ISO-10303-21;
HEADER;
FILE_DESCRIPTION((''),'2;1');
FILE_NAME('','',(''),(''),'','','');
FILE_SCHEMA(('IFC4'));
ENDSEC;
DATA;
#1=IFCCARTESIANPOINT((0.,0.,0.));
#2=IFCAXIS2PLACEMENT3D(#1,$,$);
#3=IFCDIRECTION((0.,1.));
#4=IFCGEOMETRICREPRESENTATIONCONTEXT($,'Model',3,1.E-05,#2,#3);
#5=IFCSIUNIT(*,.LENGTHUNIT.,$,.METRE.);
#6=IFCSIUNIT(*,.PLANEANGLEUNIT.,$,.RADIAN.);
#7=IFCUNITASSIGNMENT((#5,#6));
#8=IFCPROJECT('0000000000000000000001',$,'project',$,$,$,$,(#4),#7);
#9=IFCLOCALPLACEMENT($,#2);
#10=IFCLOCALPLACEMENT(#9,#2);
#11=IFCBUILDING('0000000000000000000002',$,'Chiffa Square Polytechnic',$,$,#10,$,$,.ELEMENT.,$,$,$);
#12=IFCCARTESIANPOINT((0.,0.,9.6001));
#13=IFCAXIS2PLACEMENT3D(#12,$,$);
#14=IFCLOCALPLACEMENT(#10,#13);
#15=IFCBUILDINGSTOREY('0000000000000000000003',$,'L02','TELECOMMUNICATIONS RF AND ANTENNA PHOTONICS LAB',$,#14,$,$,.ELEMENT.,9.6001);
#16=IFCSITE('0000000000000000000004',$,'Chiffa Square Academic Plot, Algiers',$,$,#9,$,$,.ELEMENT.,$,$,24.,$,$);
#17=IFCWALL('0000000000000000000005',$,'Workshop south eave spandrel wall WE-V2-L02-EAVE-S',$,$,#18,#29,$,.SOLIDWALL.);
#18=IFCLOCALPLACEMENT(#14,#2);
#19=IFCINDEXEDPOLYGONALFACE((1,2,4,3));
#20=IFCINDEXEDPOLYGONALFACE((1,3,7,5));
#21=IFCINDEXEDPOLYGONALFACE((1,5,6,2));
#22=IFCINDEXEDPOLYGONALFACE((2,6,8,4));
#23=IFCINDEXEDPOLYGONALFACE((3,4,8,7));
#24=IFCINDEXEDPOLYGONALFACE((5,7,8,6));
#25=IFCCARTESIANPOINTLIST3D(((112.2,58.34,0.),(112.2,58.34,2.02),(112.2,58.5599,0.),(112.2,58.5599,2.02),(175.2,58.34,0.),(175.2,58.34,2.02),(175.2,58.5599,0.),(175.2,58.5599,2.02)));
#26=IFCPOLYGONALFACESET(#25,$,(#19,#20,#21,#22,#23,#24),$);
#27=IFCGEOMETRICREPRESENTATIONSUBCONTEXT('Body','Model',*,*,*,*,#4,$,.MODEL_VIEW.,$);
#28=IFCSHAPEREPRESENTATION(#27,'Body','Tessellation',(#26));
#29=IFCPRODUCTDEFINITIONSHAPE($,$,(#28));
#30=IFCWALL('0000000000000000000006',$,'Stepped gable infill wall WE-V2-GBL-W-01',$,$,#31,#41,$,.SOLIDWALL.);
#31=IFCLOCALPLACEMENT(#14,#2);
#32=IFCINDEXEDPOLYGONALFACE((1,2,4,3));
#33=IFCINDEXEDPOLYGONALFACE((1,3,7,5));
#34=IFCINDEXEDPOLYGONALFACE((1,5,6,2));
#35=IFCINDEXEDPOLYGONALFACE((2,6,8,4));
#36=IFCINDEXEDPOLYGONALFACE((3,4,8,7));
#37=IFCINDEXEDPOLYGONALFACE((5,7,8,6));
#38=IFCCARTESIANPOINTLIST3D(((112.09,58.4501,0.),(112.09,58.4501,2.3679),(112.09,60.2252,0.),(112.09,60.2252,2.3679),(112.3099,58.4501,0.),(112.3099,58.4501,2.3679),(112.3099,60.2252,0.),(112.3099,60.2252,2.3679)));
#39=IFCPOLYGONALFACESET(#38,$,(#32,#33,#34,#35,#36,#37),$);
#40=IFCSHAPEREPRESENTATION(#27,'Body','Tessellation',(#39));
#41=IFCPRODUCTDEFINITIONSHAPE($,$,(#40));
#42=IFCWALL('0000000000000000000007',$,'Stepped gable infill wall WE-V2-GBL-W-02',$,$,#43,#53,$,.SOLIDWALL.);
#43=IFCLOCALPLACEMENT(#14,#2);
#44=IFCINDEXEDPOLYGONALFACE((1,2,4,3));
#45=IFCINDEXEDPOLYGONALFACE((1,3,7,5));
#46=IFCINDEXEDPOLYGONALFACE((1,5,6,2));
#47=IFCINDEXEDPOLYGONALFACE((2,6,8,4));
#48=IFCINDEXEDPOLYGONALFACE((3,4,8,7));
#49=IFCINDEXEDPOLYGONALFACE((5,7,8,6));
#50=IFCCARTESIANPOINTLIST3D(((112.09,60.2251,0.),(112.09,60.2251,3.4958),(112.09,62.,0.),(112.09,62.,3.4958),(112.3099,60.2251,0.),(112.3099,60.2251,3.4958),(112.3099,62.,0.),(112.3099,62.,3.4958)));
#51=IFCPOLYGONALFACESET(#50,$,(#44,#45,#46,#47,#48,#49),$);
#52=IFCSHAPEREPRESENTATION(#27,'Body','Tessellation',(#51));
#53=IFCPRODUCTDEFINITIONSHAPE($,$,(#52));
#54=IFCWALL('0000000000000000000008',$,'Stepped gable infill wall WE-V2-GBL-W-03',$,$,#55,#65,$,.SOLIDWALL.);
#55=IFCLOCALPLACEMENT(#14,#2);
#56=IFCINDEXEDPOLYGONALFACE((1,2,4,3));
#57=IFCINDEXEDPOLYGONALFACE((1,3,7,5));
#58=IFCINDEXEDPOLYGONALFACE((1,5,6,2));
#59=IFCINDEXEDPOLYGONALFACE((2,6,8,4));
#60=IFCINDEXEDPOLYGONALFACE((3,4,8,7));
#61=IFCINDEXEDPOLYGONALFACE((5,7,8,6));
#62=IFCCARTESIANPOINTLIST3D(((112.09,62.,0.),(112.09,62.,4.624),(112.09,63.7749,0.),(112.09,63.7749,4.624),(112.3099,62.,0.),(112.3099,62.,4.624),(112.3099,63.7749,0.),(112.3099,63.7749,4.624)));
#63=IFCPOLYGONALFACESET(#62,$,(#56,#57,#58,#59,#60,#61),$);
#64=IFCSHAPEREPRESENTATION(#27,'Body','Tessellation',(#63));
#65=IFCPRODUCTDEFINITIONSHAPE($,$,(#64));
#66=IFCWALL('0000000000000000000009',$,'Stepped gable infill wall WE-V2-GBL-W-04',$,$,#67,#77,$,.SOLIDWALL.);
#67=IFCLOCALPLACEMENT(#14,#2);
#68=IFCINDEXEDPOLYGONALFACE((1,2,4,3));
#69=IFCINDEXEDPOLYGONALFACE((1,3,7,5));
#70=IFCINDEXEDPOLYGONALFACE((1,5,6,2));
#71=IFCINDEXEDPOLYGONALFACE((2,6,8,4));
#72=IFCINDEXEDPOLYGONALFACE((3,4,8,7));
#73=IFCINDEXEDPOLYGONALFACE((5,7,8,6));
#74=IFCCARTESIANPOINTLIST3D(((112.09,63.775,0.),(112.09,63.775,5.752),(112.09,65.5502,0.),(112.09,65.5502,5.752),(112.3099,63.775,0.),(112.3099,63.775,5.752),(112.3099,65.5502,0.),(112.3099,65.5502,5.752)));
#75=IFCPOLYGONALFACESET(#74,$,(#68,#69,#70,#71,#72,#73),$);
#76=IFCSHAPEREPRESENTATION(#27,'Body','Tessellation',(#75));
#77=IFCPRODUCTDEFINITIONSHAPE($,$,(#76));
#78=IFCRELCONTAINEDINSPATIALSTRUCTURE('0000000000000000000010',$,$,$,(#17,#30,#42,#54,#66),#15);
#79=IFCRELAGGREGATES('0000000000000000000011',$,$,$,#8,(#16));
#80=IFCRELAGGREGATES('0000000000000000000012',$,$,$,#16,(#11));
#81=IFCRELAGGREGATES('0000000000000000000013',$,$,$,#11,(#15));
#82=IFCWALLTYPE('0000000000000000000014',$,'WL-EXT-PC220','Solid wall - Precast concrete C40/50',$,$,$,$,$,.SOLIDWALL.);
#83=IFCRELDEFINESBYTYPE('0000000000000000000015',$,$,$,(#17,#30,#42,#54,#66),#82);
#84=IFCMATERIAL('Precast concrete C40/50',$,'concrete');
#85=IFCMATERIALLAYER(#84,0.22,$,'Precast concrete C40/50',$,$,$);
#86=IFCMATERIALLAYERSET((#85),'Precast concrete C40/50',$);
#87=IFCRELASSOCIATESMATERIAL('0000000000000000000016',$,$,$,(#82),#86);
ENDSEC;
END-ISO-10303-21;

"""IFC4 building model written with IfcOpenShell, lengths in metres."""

from ifc_helpers import new_model, si_unit, direction, frame, frame_2d, origin, place, context, subcontext, project, spatial, rectangle, extrude, material, layer, layer_set, type_object, element, save


model = new_model("IFC4")

# Units and contexts
model_context = context("Model", 3, precision=1e-05, world=origin(), true_north=direction((0.0, 1.0)))
body_context = subcontext(model_context, "Body", "Model", "MODEL_VIEW")
ifc_project = project(units=[si_unit("LENGTHUNIT", "METRE"), si_unit("PLANEANGLEUNIT", "RADIAN")], contexts=[model_context])

# Site, building, storey
site_placement = place(None, origin())
site = spatial("IfcSite", under=ifc_project, at=site_placement, Name="Chiffa Square Academic Plot, Algiers", CompositionType="ELEMENT", RefElevation=24.0)
building_placement = place(site_placement, origin())
building = spatial("IfcBuilding", under=site, at=building_placement, Name="Chiffa Square Polytechnic", CompositionType="ELEMENT")
storey_placement = place(building_placement, frame((0.0, 0.0, 9.6001)))
storey = spatial("IfcBuildingStorey", under=building, at=storey_placement, Name="L02", Description="TELECOMMUNICATIONS RF AND ANTENNA PHOTONICS LAB", CompositionType="ELEMENT", Elevation=9.6001)

# Walls
ifc_material_1 = material(Name="Precast concrete C40/50", Category="concrete")
ifc_layer_1 = layer(ifc_material_1, 0.22, Name="Precast concrete C40/50")
ifc_layer_set_1 = layer_set([ifc_layer_1], Name="Precast concrete C40/50")
wall_type = type_object("IfcWallType", Name="WL-EXT-PC220", Description="Solid wall - Precast concrete C40/50", PredefinedType="SOLIDWALL", material=ifc_layer_set_1)
wall_1_placement = place(storey_placement, frame((112.2, 58.45, 0.0), z_axis=(0.0, 0.0, 1.0), x_axis=(1.0, 0.0, 0.0)))
element("IfcWall", 1, at=wall_1_placement, inside=storey, type_object=wall_type, Name="Workshop south eave spandrel wall WE-V2-L02-EAVE-S", PredefinedType="SOLIDWALL", context=body_context, shape_type="SweptSolid", body=[
    extrude(rectangle(XDim=63.0, YDim=0.22, at=frame_2d((31.5, 0.0))), origin(), (0.0, 0.0, 1.0), 2.02),
])
wall_2_placement = place(storey_placement, frame((112.2, 58.45, 0.0), z_axis=(0.0, 0.0, 1.0), x_axis=(0.0, 1.0, 0.0)))
element("IfcWall", 2, at=wall_2_placement, inside=storey, type_object=wall_type, Name="Stepped gable infill wall WE-V2-GBL-W-01", PredefinedType="SOLIDWALL", context=body_context, shape_type="SweptSolid", body=[
    extrude(rectangle(XDim=1.7751, YDim=0.22, at=frame_2d((0.8877, 0.0))), origin(), (0.0, 0.0, 1.0), 2.3679),
])
wall_3_placement = place(storey_placement, frame((112.2, 60.2251, 0.0), z_axis=(0.0, 0.0, 1.0), x_axis=(0.0, 1.0, 0.0)))
element("IfcWall", 3, at=wall_3_placement, inside=storey, type_object=wall_type, Name="Stepped gable infill wall WE-V2-GBL-W-02", PredefinedType="SOLIDWALL", context=body_context, shape_type="SweptSolid", body=[
    extrude(rectangle(XDim=1.7749, YDim=0.22, at=frame_2d((0.8875, 0.0))), origin(), (0.0, 0.0, 1.0), 3.4958),
])
wall_4_placement = place(storey_placement, frame((112.2, 62.0, 0.0), z_axis=(0.0, 0.0, 1.0), x_axis=(0.0, 1.0, 0.0)))
element("IfcWall", 4, at=wall_4_placement, inside=storey, type_object=wall_type, Name="Stepped gable infill wall WE-V2-GBL-W-03", PredefinedType="SOLIDWALL", context=body_context, shape_type="SweptSolid", body=[
    extrude(rectangle(XDim=1.7749, YDim=0.22, at=frame_2d((0.8875, 0.0))), origin(), (0.0, 0.0, 1.0), 4.624),
])
wall_5_placement = place(storey_placement, frame((112.2, 63.7749, 0.0), z_axis=(0.0, 0.0, 1.0), x_axis=(0.0, 1.0, 0.0)))
element("IfcWall", 5, at=wall_5_placement, inside=storey, type_object=wall_type, Name="Stepped gable infill wall WE-V2-GBL-W-04", PredefinedType="SOLIDWALL", context=body_context, shape_type="SweptSolid", body=[
    extrude(rectangle(XDim=1.7751, YDim=0.22, at=frame_2d((0.8877, 0.0))), origin(), (0.0, 0.0, 1.0), 5.752),
])

save(model, "model.ifc")
